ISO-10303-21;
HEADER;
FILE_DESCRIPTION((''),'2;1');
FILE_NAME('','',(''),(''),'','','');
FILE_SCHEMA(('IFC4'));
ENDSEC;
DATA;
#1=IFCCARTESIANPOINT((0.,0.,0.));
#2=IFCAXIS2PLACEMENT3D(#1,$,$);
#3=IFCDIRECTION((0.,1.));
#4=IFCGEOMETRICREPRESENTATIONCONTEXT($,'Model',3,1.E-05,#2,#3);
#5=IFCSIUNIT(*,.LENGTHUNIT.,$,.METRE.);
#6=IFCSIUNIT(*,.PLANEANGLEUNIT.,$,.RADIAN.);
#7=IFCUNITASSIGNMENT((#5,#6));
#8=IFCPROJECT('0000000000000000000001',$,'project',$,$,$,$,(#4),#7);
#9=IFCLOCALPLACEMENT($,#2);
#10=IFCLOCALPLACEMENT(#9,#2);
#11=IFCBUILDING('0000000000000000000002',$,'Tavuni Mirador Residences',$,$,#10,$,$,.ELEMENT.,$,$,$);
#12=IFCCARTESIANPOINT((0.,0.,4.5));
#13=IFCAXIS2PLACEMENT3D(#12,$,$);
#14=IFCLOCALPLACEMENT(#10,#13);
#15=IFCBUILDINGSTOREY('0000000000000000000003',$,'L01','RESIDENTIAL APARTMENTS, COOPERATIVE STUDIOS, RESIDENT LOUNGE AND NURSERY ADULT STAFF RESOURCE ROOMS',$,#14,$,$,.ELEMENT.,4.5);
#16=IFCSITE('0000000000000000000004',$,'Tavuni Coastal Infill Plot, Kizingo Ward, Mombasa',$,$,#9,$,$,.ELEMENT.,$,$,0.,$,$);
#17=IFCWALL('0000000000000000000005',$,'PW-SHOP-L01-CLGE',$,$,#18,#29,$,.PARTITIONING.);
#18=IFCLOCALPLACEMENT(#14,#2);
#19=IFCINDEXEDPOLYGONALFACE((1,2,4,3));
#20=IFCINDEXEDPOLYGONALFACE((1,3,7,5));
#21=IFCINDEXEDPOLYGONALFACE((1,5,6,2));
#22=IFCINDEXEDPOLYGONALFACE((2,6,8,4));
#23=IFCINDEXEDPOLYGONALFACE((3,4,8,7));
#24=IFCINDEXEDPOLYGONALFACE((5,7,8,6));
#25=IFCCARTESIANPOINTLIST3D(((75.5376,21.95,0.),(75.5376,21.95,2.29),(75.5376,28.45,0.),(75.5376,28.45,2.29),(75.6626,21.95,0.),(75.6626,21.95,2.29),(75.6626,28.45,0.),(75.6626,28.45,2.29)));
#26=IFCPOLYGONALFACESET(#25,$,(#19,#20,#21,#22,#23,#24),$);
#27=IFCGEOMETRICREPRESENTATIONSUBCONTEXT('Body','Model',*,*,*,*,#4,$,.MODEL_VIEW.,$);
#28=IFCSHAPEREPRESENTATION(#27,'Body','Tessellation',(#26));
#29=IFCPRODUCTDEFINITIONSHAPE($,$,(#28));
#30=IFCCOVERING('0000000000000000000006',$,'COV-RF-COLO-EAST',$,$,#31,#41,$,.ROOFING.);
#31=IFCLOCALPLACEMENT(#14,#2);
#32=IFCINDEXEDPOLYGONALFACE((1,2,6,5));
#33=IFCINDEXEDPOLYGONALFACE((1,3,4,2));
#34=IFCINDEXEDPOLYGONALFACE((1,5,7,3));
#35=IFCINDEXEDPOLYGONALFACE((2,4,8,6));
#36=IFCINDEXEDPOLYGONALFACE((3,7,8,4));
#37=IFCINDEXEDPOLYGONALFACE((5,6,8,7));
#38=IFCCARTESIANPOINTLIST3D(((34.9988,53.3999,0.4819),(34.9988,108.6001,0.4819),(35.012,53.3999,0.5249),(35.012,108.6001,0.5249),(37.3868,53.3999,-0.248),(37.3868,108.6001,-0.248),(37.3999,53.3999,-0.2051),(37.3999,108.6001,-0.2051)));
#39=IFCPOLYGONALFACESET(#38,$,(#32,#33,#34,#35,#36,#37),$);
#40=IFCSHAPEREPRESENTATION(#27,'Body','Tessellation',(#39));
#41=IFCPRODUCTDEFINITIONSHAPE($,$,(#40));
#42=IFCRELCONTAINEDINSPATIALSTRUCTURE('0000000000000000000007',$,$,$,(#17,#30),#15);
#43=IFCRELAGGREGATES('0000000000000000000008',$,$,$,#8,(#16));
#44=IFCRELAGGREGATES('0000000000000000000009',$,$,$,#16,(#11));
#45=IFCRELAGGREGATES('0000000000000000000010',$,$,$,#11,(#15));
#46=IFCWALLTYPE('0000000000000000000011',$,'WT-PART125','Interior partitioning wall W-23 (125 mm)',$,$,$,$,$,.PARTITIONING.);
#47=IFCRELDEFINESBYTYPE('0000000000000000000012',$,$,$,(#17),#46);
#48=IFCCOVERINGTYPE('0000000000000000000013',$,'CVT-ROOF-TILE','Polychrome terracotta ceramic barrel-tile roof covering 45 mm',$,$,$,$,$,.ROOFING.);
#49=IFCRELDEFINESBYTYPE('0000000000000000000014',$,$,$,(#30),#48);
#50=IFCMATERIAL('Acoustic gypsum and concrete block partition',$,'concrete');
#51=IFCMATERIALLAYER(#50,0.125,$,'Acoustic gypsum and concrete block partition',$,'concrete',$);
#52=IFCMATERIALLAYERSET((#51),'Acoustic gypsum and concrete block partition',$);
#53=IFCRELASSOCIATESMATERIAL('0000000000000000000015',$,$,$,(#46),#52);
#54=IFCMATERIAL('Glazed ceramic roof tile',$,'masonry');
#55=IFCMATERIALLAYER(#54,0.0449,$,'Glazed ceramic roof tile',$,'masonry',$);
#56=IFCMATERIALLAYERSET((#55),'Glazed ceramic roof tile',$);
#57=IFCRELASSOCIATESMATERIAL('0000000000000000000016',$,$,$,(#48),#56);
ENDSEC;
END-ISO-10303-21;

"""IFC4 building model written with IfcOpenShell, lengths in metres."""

from ifc_helpers import new_model, si_unit, direction, frame, frame_2d, origin, place, context, subcontext, project, spatial, polyline, rectangle, outline, extrude, material, layer, layer_set, type_object, element, save


model = new_model("IFC4")

# Units and contexts
model_context = context("Model", 3, precision=1e-05, world=origin(), true_north=direction((0.0, 1.0)))
body_context = subcontext(model_context, "Body", "Model", "MODEL_VIEW")
ifc_project = project(units=[si_unit("LENGTHUNIT", "METRE"), si_unit("PLANEANGLEUNIT", "RADIAN")], contexts=[model_context])

# Site, building, storey
site_placement = place(None, origin())
site = spatial("IfcSite", under=ifc_project, at=site_placement, Name="Tavuni Coastal Infill Plot, Kizingo Ward, Mombasa", CompositionType="ELEMENT", RefElevation=0.0)
building_placement = place(site_placement, origin())
building = spatial("IfcBuilding", under=site, at=building_placement, Name="Tavuni Mirador Residences", CompositionType="ELEMENT")
storey_placement = place(building_placement, frame((0.0, 0.0, 4.5)))
storey = spatial("IfcBuildingStorey", under=building, at=storey_placement, Name="L01", Description="RESIDENTIAL APARTMENTS, COOPERATIVE STUDIOS, RESIDENT LOUNGE AND NURSERY ADULT STAFF RESOURCE ROOMS", CompositionType="ELEMENT", Elevation=4.5)

# Wall
ifc_material_1 = material(Name="Acoustic gypsum and concrete block partition", Category="concrete")
ifc_layer_1 = layer(ifc_material_1, 0.125, Name="Acoustic gypsum and concrete block partition", Category="concrete")
ifc_layer_set_1 = layer_set([ifc_layer_1], Name="Acoustic gypsum and concrete block partition")
wall_type_1 = type_object("IfcWallType", Name="WT-PART125", Description="Interior partitioning wall W-23 (125 mm)", PredefinedType="PARTITIONING", material=ifc_layer_set_1)
wall_1_placement = place(storey_placement, frame((75.6001, 21.95, 0.0), z_axis=(0.0, 0.0, 1.0), x_axis=(0.0, 1.0, 0.0)))
element("IfcWall", 1, at=wall_1_placement, inside=storey, type_object=wall_type_1, Name="PW-SHOP-L01-CLGE", PredefinedType="PARTITIONING", context=body_context, shape_type="SweptSolid", body=[
    extrude(rectangle(XDim=6.5, YDim=0.125, at=frame_2d((3.25, 0.0))), origin(), (0.0, 0.0, 1.0), 2.29),
])

# Covering
ifc_material_2 = material(Name="Glazed ceramic roof tile", Category="masonry")
ifc_layer_2 = layer(ifc_material_2, 0.0449, Name="Glazed ceramic roof tile", Category="masonry")
ifc_layer_set_2 = layer_set([ifc_layer_2], Name="Glazed ceramic roof tile")
covering_type = type_object("IfcCoveringType", Name="CVT-ROOF-TILE", Description="Polychrome terracotta ceramic barrel-tile roof covering 45 mm", PredefinedType="ROOFING", material=ifc_layer_set_2)
covering_placement = place(storey_placement, frame((35.012, 53.3999, 0.5249), z_axis=(0.29234, 0.0, 0.956314), x_axis=(0.956314, 0.0, -0.29234)))
element("IfcCovering", 2, at=covering_placement, inside=storey, type_object=covering_type, Name="COV-RF-COLO-EAST", PredefinedType="ROOFING", context=body_context, shape_type="SweptSolid", body=[
    extrude(outline(polyline([(0.0, 0.0), (2.497, 0.0), (2.497, 55.2002), (0.0, 55.2002), (0.0, 0.0)])), origin(), (0.0, 0.0, -1.0), 0.0449),
])

save(model, "model.ifc")
